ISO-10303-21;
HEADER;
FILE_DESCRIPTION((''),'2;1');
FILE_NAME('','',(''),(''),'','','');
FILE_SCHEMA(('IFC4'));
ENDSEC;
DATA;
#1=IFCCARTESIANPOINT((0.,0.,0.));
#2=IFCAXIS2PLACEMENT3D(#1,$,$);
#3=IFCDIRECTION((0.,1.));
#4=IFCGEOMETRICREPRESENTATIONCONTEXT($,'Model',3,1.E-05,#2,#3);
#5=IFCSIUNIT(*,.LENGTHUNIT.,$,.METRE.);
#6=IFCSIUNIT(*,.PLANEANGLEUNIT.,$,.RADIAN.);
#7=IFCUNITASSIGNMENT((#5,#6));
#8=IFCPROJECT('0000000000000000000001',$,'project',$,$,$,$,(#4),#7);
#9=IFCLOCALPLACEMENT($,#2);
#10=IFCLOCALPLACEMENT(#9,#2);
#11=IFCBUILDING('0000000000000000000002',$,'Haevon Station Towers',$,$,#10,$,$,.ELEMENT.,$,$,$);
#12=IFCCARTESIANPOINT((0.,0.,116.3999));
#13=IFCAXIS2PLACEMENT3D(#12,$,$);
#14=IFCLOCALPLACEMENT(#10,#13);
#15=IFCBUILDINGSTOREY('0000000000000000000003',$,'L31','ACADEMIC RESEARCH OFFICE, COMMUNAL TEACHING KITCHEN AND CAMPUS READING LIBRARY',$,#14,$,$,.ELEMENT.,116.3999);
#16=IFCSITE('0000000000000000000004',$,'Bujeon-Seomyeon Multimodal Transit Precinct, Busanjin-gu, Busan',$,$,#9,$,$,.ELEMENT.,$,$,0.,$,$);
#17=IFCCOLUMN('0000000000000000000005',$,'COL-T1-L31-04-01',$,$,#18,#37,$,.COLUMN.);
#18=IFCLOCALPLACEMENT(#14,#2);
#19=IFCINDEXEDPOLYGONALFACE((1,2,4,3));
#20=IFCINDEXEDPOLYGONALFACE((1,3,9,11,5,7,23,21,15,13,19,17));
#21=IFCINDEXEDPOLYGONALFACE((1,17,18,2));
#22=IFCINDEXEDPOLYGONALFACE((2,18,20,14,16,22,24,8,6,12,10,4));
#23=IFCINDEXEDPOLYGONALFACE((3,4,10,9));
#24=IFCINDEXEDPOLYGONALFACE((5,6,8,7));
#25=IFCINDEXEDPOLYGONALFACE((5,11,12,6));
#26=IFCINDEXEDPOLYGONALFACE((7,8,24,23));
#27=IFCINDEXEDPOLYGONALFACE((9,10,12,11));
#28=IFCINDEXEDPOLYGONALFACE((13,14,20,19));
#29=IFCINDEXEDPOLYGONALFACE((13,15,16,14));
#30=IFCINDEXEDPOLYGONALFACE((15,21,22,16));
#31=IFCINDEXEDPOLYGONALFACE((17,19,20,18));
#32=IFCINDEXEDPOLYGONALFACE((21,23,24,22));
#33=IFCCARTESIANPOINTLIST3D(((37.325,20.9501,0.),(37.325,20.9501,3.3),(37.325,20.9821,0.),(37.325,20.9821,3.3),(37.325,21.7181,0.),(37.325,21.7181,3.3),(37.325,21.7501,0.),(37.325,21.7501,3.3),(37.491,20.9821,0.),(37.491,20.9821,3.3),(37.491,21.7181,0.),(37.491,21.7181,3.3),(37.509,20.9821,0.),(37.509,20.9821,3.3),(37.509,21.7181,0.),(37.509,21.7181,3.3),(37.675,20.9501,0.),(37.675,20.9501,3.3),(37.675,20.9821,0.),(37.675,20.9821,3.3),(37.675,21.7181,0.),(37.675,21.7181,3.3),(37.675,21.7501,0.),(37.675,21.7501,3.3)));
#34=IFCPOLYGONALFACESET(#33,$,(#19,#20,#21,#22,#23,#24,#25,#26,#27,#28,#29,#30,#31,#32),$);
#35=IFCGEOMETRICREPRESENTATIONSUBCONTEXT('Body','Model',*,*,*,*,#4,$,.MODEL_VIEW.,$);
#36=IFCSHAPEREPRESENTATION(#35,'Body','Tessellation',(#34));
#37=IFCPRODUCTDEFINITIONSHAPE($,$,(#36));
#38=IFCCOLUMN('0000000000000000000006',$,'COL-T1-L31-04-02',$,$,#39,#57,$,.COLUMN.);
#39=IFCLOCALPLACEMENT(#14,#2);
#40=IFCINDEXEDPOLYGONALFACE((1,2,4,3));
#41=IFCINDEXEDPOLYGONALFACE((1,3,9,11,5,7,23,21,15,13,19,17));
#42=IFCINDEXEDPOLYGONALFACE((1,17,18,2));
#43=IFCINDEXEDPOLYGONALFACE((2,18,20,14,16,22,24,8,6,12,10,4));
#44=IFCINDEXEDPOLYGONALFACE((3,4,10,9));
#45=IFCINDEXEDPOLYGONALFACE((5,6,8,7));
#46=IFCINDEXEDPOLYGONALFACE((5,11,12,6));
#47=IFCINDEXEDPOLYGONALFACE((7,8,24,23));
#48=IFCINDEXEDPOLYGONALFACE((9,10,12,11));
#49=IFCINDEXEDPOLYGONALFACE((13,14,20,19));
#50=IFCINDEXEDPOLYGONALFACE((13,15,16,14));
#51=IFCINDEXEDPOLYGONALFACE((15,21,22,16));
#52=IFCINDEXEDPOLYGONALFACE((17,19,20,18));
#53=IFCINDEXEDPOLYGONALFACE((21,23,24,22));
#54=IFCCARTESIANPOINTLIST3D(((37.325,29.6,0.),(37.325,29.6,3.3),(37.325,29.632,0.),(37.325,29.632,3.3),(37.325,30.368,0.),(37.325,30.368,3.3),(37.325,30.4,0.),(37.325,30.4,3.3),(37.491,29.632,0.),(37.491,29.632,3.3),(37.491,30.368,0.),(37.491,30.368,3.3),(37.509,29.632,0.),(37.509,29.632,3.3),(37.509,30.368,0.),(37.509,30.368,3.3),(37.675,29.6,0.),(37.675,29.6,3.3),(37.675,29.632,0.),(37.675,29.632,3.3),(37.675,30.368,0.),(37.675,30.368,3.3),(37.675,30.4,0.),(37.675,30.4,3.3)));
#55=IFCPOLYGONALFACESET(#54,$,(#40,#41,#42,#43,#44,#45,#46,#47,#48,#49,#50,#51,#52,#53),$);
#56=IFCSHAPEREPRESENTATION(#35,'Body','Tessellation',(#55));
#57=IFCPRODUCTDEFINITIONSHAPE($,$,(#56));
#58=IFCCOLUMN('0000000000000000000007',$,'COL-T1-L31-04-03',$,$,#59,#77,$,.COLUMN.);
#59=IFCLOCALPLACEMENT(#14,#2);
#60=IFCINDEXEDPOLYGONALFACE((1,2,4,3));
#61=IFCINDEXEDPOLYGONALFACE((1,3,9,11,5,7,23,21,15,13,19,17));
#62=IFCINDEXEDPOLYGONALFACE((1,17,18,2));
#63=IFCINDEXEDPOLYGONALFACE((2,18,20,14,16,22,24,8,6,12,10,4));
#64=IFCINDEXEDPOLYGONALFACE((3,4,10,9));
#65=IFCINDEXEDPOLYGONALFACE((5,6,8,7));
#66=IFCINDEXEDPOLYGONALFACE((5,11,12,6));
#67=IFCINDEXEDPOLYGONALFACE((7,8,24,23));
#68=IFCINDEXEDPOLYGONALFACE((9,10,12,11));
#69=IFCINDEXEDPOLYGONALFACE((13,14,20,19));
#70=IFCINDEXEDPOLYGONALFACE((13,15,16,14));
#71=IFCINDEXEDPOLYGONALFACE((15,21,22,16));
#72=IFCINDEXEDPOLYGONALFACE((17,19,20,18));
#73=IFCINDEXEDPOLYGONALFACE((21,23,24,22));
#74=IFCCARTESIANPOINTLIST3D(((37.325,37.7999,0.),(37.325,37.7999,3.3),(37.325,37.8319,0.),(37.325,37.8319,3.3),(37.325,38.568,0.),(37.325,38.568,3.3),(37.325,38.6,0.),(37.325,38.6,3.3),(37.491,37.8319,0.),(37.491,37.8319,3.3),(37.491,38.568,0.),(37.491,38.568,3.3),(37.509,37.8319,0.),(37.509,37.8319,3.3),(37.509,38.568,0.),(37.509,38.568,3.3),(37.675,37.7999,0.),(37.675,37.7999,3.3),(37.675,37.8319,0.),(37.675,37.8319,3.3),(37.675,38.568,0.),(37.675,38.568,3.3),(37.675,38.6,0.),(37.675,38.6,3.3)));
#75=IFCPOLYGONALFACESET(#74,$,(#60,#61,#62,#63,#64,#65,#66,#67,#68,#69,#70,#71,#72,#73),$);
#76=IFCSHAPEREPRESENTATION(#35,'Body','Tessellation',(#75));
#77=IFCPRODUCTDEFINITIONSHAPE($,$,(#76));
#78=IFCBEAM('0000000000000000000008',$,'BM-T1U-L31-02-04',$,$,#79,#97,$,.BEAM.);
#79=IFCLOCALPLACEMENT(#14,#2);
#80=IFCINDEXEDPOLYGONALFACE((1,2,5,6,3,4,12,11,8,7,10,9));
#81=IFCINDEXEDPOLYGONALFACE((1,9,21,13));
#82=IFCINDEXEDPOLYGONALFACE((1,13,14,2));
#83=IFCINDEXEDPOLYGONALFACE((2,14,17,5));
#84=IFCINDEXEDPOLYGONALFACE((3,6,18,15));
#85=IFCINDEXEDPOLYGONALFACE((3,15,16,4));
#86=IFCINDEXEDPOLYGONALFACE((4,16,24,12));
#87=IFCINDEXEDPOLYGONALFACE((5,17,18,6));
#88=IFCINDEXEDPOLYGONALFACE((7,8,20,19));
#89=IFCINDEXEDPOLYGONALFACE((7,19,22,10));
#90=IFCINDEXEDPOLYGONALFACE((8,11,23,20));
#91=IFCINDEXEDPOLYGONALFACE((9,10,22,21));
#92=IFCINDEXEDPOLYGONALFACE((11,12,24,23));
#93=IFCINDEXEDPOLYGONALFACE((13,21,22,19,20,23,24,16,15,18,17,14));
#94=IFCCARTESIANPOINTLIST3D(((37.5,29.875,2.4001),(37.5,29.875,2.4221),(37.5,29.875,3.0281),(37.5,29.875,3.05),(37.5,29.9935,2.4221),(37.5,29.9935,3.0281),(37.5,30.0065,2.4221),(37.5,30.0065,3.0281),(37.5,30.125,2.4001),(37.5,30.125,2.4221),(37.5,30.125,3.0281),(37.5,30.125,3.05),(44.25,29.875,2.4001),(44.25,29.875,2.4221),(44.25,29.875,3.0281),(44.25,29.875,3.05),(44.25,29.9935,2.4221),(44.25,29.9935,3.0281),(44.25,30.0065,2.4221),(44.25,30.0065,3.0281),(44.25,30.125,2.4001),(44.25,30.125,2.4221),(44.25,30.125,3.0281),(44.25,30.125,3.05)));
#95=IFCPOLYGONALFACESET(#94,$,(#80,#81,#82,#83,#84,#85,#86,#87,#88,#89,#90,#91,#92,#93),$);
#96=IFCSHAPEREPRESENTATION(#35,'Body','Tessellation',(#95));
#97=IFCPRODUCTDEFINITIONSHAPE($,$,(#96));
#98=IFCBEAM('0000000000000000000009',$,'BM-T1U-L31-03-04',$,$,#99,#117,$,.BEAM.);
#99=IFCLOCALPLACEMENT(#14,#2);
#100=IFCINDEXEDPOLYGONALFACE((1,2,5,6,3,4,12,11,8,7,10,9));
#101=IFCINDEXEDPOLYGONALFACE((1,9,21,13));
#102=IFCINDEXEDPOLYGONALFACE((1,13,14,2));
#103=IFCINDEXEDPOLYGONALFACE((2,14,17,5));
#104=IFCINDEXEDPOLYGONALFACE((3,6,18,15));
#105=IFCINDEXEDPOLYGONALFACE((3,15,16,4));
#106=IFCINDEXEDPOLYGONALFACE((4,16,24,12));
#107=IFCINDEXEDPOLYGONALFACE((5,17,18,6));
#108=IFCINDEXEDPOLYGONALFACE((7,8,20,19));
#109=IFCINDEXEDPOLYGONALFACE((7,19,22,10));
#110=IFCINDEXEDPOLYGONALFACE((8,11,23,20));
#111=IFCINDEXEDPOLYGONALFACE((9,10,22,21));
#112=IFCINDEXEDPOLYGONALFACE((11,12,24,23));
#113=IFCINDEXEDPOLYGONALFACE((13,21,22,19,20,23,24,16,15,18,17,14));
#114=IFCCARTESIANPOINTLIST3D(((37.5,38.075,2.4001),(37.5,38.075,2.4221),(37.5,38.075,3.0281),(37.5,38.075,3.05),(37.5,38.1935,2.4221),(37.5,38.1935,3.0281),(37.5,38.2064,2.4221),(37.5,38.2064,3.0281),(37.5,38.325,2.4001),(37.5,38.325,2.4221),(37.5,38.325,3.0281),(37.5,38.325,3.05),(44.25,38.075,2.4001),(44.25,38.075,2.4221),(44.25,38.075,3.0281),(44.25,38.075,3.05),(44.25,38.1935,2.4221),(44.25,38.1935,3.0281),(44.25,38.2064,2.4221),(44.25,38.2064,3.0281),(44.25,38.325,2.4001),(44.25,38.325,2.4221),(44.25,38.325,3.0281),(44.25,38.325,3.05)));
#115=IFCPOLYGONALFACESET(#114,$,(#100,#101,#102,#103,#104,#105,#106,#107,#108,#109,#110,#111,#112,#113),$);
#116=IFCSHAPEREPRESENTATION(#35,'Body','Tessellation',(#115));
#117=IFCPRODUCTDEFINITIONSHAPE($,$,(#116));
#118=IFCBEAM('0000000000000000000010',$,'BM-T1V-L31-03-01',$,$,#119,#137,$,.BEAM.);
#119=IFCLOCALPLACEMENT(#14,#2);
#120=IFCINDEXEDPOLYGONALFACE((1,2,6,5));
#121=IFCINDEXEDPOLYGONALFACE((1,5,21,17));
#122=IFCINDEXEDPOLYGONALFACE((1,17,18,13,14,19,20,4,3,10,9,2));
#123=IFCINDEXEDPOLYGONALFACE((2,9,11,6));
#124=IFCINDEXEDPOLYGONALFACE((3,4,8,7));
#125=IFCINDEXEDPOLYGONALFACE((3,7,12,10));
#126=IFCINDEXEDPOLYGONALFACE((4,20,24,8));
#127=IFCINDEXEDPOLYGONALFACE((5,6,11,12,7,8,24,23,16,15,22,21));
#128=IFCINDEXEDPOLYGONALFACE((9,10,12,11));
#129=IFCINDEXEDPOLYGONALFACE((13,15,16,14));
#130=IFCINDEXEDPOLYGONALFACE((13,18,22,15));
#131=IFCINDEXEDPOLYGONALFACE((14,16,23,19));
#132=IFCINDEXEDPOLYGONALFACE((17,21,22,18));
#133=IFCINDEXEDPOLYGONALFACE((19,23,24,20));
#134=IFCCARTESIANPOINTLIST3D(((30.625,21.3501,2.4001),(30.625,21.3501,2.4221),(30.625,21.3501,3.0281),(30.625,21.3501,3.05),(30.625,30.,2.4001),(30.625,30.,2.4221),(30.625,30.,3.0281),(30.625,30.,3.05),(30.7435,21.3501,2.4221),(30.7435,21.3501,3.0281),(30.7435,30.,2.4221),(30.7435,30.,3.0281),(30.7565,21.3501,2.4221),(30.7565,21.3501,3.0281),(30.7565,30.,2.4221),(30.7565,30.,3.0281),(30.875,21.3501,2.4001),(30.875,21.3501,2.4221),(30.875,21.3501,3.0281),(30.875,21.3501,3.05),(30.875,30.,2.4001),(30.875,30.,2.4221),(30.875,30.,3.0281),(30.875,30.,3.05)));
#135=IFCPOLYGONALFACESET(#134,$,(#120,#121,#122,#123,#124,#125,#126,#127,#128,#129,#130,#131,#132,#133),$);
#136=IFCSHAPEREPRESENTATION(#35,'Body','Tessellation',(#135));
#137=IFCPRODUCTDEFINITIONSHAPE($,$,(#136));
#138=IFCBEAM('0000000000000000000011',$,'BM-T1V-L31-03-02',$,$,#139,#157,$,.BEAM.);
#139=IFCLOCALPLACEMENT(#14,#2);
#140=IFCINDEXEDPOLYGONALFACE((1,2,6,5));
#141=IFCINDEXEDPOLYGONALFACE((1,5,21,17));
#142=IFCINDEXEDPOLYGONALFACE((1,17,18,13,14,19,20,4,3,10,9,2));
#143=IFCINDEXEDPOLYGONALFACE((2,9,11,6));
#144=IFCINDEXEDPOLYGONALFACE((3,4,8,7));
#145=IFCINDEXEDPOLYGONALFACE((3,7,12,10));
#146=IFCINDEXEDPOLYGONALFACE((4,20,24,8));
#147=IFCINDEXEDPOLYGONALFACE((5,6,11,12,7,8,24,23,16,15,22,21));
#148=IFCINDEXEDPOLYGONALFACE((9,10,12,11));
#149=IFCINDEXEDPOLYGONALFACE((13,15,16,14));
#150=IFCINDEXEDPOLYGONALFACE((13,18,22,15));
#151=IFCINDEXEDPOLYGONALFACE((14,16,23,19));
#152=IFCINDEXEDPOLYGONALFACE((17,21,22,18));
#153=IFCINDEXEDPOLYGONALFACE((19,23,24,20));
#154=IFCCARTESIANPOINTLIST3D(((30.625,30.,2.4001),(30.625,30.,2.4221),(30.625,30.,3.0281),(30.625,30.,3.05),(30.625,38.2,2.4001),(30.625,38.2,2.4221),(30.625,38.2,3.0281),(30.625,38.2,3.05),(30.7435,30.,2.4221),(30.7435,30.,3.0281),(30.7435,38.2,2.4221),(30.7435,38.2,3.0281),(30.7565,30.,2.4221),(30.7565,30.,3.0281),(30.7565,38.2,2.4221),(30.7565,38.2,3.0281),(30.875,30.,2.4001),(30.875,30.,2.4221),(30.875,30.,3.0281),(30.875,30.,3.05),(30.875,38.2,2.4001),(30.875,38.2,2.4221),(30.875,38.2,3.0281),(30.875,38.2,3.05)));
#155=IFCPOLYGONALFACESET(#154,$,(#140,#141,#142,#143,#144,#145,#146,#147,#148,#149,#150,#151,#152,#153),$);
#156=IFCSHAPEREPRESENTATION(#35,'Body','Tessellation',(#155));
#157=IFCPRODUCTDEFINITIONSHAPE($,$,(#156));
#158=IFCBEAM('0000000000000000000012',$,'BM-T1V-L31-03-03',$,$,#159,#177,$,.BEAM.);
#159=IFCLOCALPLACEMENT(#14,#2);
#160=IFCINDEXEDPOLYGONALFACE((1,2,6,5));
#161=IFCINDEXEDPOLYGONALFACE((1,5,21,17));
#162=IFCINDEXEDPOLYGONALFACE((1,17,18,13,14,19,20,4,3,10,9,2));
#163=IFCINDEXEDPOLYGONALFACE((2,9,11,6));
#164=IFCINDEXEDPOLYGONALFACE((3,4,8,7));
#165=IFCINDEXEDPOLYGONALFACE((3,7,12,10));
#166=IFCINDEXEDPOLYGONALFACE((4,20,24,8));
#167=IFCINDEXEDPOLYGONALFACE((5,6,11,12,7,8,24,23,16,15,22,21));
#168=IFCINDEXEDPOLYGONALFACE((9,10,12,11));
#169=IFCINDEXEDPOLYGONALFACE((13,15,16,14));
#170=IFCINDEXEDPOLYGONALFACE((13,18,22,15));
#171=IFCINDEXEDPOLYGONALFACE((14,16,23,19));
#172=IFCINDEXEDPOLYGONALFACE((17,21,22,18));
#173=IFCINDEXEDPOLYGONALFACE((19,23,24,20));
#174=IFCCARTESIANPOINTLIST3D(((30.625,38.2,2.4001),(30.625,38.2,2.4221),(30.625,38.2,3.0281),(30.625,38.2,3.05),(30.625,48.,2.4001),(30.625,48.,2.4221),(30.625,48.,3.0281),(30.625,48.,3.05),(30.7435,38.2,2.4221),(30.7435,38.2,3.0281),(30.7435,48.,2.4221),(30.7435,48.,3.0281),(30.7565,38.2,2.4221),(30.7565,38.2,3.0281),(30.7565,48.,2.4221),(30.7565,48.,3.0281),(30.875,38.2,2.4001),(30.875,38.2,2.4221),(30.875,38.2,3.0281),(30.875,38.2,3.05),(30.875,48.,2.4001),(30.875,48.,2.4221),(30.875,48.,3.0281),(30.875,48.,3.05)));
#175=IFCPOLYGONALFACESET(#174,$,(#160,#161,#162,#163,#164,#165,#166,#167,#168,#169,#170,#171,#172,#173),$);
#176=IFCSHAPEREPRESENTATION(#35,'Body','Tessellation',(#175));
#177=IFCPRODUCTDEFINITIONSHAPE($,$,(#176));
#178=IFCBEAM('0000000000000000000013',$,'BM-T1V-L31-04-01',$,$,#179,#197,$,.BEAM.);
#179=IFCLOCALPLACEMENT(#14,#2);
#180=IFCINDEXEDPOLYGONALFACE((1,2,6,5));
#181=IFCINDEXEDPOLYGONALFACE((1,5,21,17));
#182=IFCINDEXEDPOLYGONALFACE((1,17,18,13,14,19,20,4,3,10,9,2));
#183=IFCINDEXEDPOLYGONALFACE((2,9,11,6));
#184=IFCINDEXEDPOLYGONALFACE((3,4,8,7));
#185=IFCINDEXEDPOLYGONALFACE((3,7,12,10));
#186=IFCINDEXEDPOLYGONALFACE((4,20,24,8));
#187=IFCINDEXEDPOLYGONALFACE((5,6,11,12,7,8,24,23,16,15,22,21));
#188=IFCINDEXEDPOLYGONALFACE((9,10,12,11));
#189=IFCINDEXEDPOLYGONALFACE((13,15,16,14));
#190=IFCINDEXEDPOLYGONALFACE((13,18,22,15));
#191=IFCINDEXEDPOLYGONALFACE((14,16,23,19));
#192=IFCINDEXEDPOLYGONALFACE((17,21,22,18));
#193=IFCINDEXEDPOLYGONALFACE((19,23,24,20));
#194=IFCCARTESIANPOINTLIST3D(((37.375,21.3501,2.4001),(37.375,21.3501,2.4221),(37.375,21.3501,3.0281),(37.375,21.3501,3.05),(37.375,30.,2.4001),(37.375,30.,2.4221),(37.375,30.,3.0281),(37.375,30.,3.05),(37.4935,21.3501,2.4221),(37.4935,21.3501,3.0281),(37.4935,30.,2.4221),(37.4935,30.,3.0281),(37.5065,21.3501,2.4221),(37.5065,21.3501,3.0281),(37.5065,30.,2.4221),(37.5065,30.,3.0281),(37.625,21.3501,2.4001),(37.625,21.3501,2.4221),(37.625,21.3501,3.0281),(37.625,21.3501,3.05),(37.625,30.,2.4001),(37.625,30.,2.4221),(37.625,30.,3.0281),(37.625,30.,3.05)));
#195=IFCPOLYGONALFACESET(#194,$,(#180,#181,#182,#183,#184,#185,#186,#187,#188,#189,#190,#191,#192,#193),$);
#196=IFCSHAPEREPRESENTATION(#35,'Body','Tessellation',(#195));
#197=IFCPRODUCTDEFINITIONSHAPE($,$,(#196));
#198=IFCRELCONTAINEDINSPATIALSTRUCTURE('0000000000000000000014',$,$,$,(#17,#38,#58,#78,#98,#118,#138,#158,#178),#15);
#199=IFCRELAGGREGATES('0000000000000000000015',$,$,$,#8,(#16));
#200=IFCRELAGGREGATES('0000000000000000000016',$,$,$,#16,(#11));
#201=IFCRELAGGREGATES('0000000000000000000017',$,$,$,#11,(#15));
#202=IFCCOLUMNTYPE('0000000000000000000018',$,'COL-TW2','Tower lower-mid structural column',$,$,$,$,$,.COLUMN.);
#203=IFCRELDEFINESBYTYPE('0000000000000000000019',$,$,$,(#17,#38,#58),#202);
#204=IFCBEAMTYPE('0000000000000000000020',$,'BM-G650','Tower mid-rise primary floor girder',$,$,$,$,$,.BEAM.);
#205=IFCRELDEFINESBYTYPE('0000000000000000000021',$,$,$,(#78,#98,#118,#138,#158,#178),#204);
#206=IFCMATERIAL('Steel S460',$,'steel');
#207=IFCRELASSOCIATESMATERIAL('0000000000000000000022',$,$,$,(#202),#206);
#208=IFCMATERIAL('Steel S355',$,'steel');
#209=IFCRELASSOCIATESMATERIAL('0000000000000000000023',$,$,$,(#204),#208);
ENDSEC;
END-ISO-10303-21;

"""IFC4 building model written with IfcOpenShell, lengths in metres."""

from ifc_helpers import new_model, si_unit, direction, frame, origin, origin_2d, place, context, subcontext, project, spatial, i_section, extrude, material, material_profile, profile_set, type_object, element, save


model = new_model("IFC4")

# Units and contexts
model_context = context("Model", 3, precision=1e-05, world=origin(), true_north=direction((0.0, 1.0)))
body_context = subcontext(model_context, "Body", "Model", "MODEL_VIEW")
ifc_project = project(units=[si_unit("LENGTHUNIT", "METRE"), si_unit("PLANEANGLEUNIT", "RADIAN")], contexts=[model_context])

# Site, building, storey
site_placement = place(None, origin())
site = spatial("IfcSite", under=ifc_project, at=site_placement, Name="Bujeon-Seomyeon Multimodal Transit Precinct, Busanjin-gu, Busan", CompositionType="ELEMENT", RefElevation=0.0)
building_placement = place(site_placement, origin())
building = spatial("IfcBuilding", under=site, at=building_placement, Name="Haevon Station Towers", CompositionType="ELEMENT")
storey_placement = place(building_placement, frame((0.0, 0.0, 116.3999)))
storey = spatial("IfcBuildingStorey", under=building, at=storey_placement, Name="L31", Description="ACADEMIC RESEARCH OFFICE, COMMUNAL TEACHING KITCHEN AND CAMPUS READING LIBRARY", CompositionType="ELEMENT", Elevation=116.3999)

# Columns
ifc_material_1 = material(Name="Steel S460", Category="steel")
ifc_material_profile_1 = material_profile(ifc_material_1, i_section(OverallWidth=0.3501, OverallDepth=0.8, WebThickness=0.0181, FlangeThickness=0.032, at=origin_2d()), Name="H-800x350x18x32")
ifc_profile_set_1 = profile_set([ifc_material_profile_1], Name="Steel S460")
column_type = type_object("IfcColumnType", Name="COL-TW2", Description="Tower lower-mid structural column", PredefinedType="COLUMN", material=ifc_profile_set_1)
for number, where, z_axis, x_axis, name in (
    (1, (37.5, 21.3501, 0.0), (0.0, 0.0, 1.0), (1.0, 0.0, 0.0), "COL-T1-L31-04-01"),
    (2, (37.5, 30.0, 0.0), (0.0, 0.0, 1.0), (1.0, 0.0, 0.0), "COL-T1-L31-04-02"),
    (3, (37.5, 38.2, 0.0), (0.0, 0.0, 1.0), (1.0, 0.0, 0.0), "COL-T1-L31-04-03"),
):
    element("IfcColumn", number, at=place(storey_placement, frame(where, z_axis=z_axis, x_axis=x_axis)), inside=storey, type_object=column_type, Name=name, PredefinedType="COLUMN", context=body_context, shape_type="SweptSolid", body=[
        extrude(i_section(OverallWidth=0.3501, OverallDepth=0.8, WebThickness=0.0181, FlangeThickness=0.032, at=origin_2d()), origin(), (0.0, 0.0, 1.0), 3.3),
    ])

# Beams
ifc_material_2 = material(Name="Steel S355", Category="steel")
ifc_material_profile_2 = material_profile(ifc_material_2, i_section(OverallWidth=0.25, OverallDepth=0.6499, WebThickness=0.0129, FlangeThickness=0.022, at=origin_2d()), Name="H-650x250x13x22")
ifc_profile_set_2 = profile_set([ifc_material_profile_2], Name="Steel S355")
beam_type_1 = type_object("IfcBeamType", Name="BM-G650", Description="Tower mid-rise primary floor girder", PredefinedType="BEAM", material=ifc_profile_set_2)
for number, where, z_axis, x_axis, name in (
    (4, (37.5, 30.0, 2.7251), (1.0, 0.0, 0.0), (0.0, 1.0, 0.0), "BM-T1U-L31-02-04"),
    (5, (37.5, 38.2, 2.7251), (1.0, 0.0, 0.0), (0.0, 1.0, 0.0), "BM-T1U-L31-03-04"),
):
    element("IfcBeam", number, at=place(storey_placement, frame(where, z_axis=z_axis, x_axis=x_axis)), inside=storey, type_object=beam_type_1, Name=name, PredefinedType="BEAM", context=body_context, shape_type="SweptSolid", body=[
        extrude(i_section(OverallWidth=0.25, OverallDepth=0.6499, WebThickness=0.0129, FlangeThickness=0.022, at=origin_2d()), origin(), (0.0, 0.0, 1.0), 6.75),
    ])
beam_1_placement = place(storey_placement, frame((30.75, 21.3501, 2.7251), z_axis=(0.0, 1.0, 0.0), x_axis=(-1.0, 0.0, 0.0)))
element("IfcBeam", 6, at=beam_1_placement, inside=storey, type_object=beam_type_1, Name="BM-T1V-L31-03-01", PredefinedType="BEAM", context=body_context, shape_type="SweptSolid", body=[
    extrude(i_section(OverallWidth=0.25, OverallDepth=0.6499, WebThickness=0.0129, FlangeThickness=0.022, at=origin_2d()), origin(), (0.0, 0.0, 1.0), 8.6499),
])
beam_2_placement = place(storey_placement, frame((30.75, 30.0, 2.7251), z_axis=(0.0, 1.0, 0.0), x_axis=(-1.0, 0.0, 0.0)))
element("IfcBeam", 7, at=beam_2_placement, inside=storey, type_object=beam_type_1, Name="BM-T1V-L31-03-02", PredefinedType="BEAM", context=body_context, shape_type="SweptSolid", body=[
    extrude(i_section(OverallWidth=0.25, OverallDepth=0.6499, WebThickness=0.0129, FlangeThickness=0.022, at=origin_2d()), origin(), (0.0, 0.0, 1.0), 8.2),
])
beam_3_placement = place(storey_placement, frame((30.75, 38.2, 2.7251), z_axis=(0.0, 1.0, 0.0), x_axis=(-1.0, 0.0, 0.0)))
element("IfcBeam", 8, at=beam_3_placement, inside=storey, type_object=beam_type_1, Name="BM-T1V-L31-03-03", PredefinedType="BEAM", context=body_context, shape_type="SweptSolid", body=[
    extrude(i_section(OverallWidth=0.25, OverallDepth=0.6499, WebThickness=0.0129, FlangeThickness=0.022, at=origin_2d()), origin(), (0.0, 0.0, 1.0), 9.8),
])
beam_4_placement = place(storey_placement, frame((37.5, 21.3501, 2.7251), z_axis=(0.0, 1.0, 0.0), x_axis=(-1.0, 0.0, 0.0)))
element("IfcBeam", 9, at=beam_4_placement, inside=storey, type_object=beam_type_1, Name="BM-T1V-L31-04-01", PredefinedType="BEAM", context=body_context, shape_type="SweptSolid", body=[
    extrude(i_section(OverallWidth=0.25, OverallDepth=0.6499, WebThickness=0.0129, FlangeThickness=0.022, at=origin_2d()), origin(), (0.0, 0.0, 1.0), 8.6499),
])

save(model, "model.ifc")
